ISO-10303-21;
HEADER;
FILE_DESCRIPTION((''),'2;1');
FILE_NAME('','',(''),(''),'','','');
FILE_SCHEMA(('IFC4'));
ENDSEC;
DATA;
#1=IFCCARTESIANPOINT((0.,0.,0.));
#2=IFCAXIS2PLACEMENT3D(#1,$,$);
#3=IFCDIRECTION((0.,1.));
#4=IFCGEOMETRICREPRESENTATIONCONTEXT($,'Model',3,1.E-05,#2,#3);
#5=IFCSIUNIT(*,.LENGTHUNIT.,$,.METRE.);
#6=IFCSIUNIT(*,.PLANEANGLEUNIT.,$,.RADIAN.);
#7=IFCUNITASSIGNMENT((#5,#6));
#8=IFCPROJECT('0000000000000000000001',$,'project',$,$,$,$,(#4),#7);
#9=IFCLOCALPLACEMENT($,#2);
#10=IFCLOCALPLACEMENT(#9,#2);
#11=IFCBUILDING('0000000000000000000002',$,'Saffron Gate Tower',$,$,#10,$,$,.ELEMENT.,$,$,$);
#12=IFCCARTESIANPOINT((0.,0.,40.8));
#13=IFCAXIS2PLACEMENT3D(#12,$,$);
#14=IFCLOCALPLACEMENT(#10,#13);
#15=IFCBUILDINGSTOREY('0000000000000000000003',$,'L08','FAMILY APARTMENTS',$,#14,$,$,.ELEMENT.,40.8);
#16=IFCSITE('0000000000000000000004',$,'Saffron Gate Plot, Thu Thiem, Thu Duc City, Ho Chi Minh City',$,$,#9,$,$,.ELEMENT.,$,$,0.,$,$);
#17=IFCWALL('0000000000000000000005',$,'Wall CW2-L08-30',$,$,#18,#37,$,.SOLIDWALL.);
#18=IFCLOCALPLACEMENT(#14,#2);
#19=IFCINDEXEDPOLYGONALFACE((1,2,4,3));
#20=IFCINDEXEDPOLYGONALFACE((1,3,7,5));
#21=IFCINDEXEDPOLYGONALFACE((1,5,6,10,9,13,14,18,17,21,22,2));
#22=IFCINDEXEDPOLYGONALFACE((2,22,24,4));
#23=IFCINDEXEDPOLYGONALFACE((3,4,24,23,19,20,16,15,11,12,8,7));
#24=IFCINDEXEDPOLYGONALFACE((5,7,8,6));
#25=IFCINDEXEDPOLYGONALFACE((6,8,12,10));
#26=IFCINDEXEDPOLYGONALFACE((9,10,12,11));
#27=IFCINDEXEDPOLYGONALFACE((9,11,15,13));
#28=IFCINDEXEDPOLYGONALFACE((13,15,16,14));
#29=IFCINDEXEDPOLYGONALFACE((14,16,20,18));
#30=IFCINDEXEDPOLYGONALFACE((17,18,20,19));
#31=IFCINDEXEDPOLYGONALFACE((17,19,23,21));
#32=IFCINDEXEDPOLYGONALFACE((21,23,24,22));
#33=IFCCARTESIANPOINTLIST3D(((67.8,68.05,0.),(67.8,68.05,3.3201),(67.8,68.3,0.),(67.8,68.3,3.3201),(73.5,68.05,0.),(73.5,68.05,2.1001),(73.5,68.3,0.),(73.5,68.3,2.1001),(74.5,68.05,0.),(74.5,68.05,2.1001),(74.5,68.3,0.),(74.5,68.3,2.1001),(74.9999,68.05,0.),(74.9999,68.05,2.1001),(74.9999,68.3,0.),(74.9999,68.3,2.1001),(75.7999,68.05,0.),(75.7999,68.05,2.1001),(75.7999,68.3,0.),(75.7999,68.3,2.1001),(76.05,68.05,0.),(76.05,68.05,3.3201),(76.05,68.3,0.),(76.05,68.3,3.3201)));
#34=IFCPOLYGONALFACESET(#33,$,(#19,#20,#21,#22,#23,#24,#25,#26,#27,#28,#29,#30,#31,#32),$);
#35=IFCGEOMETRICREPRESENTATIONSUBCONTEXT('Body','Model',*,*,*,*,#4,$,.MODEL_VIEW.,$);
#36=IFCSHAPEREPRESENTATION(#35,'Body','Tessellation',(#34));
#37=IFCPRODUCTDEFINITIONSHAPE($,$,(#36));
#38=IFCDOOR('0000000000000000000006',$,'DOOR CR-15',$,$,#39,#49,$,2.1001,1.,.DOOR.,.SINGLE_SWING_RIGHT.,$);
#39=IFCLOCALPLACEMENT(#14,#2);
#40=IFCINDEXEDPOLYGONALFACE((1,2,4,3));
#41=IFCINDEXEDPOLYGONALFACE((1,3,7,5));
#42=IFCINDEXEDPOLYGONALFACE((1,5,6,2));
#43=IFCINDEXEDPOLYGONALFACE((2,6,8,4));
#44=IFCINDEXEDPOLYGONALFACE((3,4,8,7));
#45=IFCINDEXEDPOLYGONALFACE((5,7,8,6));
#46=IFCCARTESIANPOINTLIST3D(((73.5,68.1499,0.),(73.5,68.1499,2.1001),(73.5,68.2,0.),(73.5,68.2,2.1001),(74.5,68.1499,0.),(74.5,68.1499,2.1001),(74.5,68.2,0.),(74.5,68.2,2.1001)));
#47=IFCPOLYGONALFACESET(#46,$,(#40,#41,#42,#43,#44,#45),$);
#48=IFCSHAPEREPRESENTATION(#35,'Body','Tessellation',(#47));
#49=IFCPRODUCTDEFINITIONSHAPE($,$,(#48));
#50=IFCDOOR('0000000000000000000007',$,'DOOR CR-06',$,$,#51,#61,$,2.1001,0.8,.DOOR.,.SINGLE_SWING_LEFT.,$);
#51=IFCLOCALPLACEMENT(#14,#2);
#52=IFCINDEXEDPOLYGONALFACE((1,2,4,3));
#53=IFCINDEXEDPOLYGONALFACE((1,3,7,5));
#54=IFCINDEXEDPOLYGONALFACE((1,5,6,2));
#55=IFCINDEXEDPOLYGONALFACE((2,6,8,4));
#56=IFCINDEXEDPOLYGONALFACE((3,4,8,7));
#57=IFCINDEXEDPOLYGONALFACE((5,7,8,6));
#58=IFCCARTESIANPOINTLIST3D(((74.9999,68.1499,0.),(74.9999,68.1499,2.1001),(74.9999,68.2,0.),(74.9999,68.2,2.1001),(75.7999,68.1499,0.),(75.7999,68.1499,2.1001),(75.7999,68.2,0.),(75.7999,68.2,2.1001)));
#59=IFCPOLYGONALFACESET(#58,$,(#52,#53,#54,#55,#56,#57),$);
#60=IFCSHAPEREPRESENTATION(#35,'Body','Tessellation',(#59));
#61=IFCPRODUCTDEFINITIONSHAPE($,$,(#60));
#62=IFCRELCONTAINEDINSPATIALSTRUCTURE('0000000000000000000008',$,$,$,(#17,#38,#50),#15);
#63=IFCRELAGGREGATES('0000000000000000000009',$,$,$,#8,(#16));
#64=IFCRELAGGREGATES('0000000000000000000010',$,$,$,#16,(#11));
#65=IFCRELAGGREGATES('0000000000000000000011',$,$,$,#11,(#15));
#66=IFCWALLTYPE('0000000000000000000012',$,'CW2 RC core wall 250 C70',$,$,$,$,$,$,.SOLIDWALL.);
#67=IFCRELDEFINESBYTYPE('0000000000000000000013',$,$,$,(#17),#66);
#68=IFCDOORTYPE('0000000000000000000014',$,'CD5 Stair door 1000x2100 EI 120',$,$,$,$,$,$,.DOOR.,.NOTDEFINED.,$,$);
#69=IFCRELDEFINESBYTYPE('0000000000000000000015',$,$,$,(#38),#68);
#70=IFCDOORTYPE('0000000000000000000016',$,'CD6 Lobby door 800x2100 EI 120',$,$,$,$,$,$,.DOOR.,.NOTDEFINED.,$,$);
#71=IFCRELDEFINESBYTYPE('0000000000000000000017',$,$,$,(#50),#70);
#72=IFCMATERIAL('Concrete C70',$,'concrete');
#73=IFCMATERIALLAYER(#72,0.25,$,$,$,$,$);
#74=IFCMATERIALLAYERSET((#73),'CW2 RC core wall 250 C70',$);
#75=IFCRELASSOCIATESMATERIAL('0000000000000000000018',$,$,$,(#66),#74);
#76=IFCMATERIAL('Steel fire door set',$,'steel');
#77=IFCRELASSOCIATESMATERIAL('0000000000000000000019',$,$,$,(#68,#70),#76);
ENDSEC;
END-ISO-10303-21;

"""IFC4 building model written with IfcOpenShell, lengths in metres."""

from ifc_helpers import new_model, si_unit, direction, frame, frame_2d, origin, place, context, subcontext, project, spatial, rectangle, extrude, material, layer, layer_set, type_object, element, fill, save


model = new_model("IFC4")

# Units and contexts
model_context = context("Model", 3, precision=1e-05, world=origin(), true_north=direction((0.0, 1.0)))
body_context = subcontext(model_context, "Body", "Model", "MODEL_VIEW")
ifc_project = project(units=[si_unit("LENGTHUNIT", "METRE"), si_unit("PLANEANGLEUNIT", "RADIAN")], contexts=[model_context])

# Site, building, storey
site_placement = place(None, origin())
site = spatial("IfcSite", under=ifc_project, at=site_placement, Name="Saffron Gate Plot, Thu Thiem, Thu Duc City, Ho Chi Minh City", CompositionType="ELEMENT", RefElevation=0.0)
building_placement = place(site_placement, origin())
building = spatial("IfcBuilding", under=site, at=building_placement, Name="Saffron Gate Tower", CompositionType="ELEMENT")
storey_placement = place(building_placement, frame((0.0, 0.0, 40.8)))
storey = spatial("IfcBuildingStorey", under=building, at=storey_placement, Name="L08", Description="FAMILY APARTMENTS", CompositionType="ELEMENT", Elevation=40.8)

# Shared definitions
ifc_material_1 = material(Name="Concrete C70", Category="concrete")

# Wall, openings, doors
ifc_layer_1 = layer(ifc_material_1, 0.25)
ifc_layer_set_1 = layer_set([ifc_layer_1], Name="CW2 RC core wall 250 C70")
wall_type_1 = type_object("IfcWallType", Name="CW2 RC core wall 250 C70", PredefinedType="SOLIDWALL", material=ifc_layer_set_1)
wall_1_placement = place(storey_placement, frame((67.8, 68.175, 0.0), z_axis=(0.0, 0.0, 1.0), x_axis=(1.0, 0.0, 0.0)))
wall_1 = element("IfcWall", 1, at=wall_1_placement, inside=storey, type_object=wall_type_1, Name="Wall CW2-L08-30", PredefinedType="SOLIDWALL", context=body_context, shape_type="SweptSolid", body=[
    extrude(rectangle(XDim=8.25, YDim=0.25, at=frame_2d((4.125, 0.0))), origin(), (0.0, 0.0, 1.0), 3.3201),
])
opening_1_placement = place(wall_1_placement, frame((5.7, 0.0, 0.0)))
opening_1 = element("IfcOpeningElement", 2, at=opening_1_placement, cuts=wall_1, PredefinedType="OPENING", context=body_context, shape_type="SweptSolid", body=[
    extrude(rectangle(XDim=1.0, YDim=2.1001, at=frame_2d((0.5, 1.05))), frame((0.0, 0.135, 0.0), z_axis=(0.0, -1.0, 0.0), x_axis=(1.0, 0.0, 0.0)), (0.0, 0.0, 1.0), 0.27),
])
opening_2_placement = place(wall_1_placement, frame((7.2, 0.0, 0.0)))
opening_2 = element("IfcOpeningElement", 3, at=opening_2_placement, cuts=wall_1, PredefinedType="OPENING", context=body_context, shape_type="SweptSolid", body=[
    extrude(rectangle(XDim=0.8, YDim=2.1001, at=frame_2d((0.3999, 1.05))), frame((0.0, 0.135, 0.0), z_axis=(0.0, -1.0, 0.0), x_axis=(1.0, 0.0, 0.0)), (0.0, 0.0, 1.0), 0.27),
])
ifc_material_2 = material(Name="Steel fire door set", Category="steel")
door_type_1 = type_object("IfcDoorType", Name="CD5 Stair door 1000x2100 EI 120", OperationType="NOTDEFINED", PredefinedType="DOOR", material=ifc_material_2)
door_1_placement = place(opening_1_placement, origin())
door_1 = element("IfcDoor", 4, at=door_1_placement, inside=storey, type_object=door_type_1, Name="DOOR CR-15", OperationType="SINGLE_SWING_RIGHT", OverallHeight=2.1001, OverallWidth=1.0, PredefinedType="DOOR", context=body_context, shape_type="SweptSolid", body=[
    extrude(rectangle(XDim=1.0, YDim=2.1001, at=frame_2d((0.5, 1.05))), frame((0.0, 0.0249, 0.0), z_axis=(0.0, -1.0, 0.0), x_axis=(1.0, 0.0, 0.0)), (0.0, 0.0, 1.0), 0.05),
])
fill(opening_1, door_1)
door_type_2 = type_object("IfcDoorType", Name="CD6 Lobby door 800x2100 EI 120", OperationType="NOTDEFINED", PredefinedType="DOOR", material=ifc_material_2)
door_2_placement = place(opening_2_placement, origin())
door_2 = element("IfcDoor", 5, at=door_2_placement, inside=storey, type_object=door_type_2, Name="DOOR CR-06", OperationType="SINGLE_SWING_LEFT", OverallHeight=2.1001, OverallWidth=0.8, PredefinedType="DOOR", context=body_context, shape_type="SweptSolid", body=[
    extrude(rectangle(XDim=0.8, YDim=2.1001, at=frame_2d((0.3999, 1.05))), frame((0.0, 0.0249, 0.0), z_axis=(0.0, -1.0, 0.0), x_axis=(1.0, 0.0, 0.0)), (0.0, 0.0, 1.0), 0.05),
])
fill(opening_2, door_2)

save(model, "model.ifc")
